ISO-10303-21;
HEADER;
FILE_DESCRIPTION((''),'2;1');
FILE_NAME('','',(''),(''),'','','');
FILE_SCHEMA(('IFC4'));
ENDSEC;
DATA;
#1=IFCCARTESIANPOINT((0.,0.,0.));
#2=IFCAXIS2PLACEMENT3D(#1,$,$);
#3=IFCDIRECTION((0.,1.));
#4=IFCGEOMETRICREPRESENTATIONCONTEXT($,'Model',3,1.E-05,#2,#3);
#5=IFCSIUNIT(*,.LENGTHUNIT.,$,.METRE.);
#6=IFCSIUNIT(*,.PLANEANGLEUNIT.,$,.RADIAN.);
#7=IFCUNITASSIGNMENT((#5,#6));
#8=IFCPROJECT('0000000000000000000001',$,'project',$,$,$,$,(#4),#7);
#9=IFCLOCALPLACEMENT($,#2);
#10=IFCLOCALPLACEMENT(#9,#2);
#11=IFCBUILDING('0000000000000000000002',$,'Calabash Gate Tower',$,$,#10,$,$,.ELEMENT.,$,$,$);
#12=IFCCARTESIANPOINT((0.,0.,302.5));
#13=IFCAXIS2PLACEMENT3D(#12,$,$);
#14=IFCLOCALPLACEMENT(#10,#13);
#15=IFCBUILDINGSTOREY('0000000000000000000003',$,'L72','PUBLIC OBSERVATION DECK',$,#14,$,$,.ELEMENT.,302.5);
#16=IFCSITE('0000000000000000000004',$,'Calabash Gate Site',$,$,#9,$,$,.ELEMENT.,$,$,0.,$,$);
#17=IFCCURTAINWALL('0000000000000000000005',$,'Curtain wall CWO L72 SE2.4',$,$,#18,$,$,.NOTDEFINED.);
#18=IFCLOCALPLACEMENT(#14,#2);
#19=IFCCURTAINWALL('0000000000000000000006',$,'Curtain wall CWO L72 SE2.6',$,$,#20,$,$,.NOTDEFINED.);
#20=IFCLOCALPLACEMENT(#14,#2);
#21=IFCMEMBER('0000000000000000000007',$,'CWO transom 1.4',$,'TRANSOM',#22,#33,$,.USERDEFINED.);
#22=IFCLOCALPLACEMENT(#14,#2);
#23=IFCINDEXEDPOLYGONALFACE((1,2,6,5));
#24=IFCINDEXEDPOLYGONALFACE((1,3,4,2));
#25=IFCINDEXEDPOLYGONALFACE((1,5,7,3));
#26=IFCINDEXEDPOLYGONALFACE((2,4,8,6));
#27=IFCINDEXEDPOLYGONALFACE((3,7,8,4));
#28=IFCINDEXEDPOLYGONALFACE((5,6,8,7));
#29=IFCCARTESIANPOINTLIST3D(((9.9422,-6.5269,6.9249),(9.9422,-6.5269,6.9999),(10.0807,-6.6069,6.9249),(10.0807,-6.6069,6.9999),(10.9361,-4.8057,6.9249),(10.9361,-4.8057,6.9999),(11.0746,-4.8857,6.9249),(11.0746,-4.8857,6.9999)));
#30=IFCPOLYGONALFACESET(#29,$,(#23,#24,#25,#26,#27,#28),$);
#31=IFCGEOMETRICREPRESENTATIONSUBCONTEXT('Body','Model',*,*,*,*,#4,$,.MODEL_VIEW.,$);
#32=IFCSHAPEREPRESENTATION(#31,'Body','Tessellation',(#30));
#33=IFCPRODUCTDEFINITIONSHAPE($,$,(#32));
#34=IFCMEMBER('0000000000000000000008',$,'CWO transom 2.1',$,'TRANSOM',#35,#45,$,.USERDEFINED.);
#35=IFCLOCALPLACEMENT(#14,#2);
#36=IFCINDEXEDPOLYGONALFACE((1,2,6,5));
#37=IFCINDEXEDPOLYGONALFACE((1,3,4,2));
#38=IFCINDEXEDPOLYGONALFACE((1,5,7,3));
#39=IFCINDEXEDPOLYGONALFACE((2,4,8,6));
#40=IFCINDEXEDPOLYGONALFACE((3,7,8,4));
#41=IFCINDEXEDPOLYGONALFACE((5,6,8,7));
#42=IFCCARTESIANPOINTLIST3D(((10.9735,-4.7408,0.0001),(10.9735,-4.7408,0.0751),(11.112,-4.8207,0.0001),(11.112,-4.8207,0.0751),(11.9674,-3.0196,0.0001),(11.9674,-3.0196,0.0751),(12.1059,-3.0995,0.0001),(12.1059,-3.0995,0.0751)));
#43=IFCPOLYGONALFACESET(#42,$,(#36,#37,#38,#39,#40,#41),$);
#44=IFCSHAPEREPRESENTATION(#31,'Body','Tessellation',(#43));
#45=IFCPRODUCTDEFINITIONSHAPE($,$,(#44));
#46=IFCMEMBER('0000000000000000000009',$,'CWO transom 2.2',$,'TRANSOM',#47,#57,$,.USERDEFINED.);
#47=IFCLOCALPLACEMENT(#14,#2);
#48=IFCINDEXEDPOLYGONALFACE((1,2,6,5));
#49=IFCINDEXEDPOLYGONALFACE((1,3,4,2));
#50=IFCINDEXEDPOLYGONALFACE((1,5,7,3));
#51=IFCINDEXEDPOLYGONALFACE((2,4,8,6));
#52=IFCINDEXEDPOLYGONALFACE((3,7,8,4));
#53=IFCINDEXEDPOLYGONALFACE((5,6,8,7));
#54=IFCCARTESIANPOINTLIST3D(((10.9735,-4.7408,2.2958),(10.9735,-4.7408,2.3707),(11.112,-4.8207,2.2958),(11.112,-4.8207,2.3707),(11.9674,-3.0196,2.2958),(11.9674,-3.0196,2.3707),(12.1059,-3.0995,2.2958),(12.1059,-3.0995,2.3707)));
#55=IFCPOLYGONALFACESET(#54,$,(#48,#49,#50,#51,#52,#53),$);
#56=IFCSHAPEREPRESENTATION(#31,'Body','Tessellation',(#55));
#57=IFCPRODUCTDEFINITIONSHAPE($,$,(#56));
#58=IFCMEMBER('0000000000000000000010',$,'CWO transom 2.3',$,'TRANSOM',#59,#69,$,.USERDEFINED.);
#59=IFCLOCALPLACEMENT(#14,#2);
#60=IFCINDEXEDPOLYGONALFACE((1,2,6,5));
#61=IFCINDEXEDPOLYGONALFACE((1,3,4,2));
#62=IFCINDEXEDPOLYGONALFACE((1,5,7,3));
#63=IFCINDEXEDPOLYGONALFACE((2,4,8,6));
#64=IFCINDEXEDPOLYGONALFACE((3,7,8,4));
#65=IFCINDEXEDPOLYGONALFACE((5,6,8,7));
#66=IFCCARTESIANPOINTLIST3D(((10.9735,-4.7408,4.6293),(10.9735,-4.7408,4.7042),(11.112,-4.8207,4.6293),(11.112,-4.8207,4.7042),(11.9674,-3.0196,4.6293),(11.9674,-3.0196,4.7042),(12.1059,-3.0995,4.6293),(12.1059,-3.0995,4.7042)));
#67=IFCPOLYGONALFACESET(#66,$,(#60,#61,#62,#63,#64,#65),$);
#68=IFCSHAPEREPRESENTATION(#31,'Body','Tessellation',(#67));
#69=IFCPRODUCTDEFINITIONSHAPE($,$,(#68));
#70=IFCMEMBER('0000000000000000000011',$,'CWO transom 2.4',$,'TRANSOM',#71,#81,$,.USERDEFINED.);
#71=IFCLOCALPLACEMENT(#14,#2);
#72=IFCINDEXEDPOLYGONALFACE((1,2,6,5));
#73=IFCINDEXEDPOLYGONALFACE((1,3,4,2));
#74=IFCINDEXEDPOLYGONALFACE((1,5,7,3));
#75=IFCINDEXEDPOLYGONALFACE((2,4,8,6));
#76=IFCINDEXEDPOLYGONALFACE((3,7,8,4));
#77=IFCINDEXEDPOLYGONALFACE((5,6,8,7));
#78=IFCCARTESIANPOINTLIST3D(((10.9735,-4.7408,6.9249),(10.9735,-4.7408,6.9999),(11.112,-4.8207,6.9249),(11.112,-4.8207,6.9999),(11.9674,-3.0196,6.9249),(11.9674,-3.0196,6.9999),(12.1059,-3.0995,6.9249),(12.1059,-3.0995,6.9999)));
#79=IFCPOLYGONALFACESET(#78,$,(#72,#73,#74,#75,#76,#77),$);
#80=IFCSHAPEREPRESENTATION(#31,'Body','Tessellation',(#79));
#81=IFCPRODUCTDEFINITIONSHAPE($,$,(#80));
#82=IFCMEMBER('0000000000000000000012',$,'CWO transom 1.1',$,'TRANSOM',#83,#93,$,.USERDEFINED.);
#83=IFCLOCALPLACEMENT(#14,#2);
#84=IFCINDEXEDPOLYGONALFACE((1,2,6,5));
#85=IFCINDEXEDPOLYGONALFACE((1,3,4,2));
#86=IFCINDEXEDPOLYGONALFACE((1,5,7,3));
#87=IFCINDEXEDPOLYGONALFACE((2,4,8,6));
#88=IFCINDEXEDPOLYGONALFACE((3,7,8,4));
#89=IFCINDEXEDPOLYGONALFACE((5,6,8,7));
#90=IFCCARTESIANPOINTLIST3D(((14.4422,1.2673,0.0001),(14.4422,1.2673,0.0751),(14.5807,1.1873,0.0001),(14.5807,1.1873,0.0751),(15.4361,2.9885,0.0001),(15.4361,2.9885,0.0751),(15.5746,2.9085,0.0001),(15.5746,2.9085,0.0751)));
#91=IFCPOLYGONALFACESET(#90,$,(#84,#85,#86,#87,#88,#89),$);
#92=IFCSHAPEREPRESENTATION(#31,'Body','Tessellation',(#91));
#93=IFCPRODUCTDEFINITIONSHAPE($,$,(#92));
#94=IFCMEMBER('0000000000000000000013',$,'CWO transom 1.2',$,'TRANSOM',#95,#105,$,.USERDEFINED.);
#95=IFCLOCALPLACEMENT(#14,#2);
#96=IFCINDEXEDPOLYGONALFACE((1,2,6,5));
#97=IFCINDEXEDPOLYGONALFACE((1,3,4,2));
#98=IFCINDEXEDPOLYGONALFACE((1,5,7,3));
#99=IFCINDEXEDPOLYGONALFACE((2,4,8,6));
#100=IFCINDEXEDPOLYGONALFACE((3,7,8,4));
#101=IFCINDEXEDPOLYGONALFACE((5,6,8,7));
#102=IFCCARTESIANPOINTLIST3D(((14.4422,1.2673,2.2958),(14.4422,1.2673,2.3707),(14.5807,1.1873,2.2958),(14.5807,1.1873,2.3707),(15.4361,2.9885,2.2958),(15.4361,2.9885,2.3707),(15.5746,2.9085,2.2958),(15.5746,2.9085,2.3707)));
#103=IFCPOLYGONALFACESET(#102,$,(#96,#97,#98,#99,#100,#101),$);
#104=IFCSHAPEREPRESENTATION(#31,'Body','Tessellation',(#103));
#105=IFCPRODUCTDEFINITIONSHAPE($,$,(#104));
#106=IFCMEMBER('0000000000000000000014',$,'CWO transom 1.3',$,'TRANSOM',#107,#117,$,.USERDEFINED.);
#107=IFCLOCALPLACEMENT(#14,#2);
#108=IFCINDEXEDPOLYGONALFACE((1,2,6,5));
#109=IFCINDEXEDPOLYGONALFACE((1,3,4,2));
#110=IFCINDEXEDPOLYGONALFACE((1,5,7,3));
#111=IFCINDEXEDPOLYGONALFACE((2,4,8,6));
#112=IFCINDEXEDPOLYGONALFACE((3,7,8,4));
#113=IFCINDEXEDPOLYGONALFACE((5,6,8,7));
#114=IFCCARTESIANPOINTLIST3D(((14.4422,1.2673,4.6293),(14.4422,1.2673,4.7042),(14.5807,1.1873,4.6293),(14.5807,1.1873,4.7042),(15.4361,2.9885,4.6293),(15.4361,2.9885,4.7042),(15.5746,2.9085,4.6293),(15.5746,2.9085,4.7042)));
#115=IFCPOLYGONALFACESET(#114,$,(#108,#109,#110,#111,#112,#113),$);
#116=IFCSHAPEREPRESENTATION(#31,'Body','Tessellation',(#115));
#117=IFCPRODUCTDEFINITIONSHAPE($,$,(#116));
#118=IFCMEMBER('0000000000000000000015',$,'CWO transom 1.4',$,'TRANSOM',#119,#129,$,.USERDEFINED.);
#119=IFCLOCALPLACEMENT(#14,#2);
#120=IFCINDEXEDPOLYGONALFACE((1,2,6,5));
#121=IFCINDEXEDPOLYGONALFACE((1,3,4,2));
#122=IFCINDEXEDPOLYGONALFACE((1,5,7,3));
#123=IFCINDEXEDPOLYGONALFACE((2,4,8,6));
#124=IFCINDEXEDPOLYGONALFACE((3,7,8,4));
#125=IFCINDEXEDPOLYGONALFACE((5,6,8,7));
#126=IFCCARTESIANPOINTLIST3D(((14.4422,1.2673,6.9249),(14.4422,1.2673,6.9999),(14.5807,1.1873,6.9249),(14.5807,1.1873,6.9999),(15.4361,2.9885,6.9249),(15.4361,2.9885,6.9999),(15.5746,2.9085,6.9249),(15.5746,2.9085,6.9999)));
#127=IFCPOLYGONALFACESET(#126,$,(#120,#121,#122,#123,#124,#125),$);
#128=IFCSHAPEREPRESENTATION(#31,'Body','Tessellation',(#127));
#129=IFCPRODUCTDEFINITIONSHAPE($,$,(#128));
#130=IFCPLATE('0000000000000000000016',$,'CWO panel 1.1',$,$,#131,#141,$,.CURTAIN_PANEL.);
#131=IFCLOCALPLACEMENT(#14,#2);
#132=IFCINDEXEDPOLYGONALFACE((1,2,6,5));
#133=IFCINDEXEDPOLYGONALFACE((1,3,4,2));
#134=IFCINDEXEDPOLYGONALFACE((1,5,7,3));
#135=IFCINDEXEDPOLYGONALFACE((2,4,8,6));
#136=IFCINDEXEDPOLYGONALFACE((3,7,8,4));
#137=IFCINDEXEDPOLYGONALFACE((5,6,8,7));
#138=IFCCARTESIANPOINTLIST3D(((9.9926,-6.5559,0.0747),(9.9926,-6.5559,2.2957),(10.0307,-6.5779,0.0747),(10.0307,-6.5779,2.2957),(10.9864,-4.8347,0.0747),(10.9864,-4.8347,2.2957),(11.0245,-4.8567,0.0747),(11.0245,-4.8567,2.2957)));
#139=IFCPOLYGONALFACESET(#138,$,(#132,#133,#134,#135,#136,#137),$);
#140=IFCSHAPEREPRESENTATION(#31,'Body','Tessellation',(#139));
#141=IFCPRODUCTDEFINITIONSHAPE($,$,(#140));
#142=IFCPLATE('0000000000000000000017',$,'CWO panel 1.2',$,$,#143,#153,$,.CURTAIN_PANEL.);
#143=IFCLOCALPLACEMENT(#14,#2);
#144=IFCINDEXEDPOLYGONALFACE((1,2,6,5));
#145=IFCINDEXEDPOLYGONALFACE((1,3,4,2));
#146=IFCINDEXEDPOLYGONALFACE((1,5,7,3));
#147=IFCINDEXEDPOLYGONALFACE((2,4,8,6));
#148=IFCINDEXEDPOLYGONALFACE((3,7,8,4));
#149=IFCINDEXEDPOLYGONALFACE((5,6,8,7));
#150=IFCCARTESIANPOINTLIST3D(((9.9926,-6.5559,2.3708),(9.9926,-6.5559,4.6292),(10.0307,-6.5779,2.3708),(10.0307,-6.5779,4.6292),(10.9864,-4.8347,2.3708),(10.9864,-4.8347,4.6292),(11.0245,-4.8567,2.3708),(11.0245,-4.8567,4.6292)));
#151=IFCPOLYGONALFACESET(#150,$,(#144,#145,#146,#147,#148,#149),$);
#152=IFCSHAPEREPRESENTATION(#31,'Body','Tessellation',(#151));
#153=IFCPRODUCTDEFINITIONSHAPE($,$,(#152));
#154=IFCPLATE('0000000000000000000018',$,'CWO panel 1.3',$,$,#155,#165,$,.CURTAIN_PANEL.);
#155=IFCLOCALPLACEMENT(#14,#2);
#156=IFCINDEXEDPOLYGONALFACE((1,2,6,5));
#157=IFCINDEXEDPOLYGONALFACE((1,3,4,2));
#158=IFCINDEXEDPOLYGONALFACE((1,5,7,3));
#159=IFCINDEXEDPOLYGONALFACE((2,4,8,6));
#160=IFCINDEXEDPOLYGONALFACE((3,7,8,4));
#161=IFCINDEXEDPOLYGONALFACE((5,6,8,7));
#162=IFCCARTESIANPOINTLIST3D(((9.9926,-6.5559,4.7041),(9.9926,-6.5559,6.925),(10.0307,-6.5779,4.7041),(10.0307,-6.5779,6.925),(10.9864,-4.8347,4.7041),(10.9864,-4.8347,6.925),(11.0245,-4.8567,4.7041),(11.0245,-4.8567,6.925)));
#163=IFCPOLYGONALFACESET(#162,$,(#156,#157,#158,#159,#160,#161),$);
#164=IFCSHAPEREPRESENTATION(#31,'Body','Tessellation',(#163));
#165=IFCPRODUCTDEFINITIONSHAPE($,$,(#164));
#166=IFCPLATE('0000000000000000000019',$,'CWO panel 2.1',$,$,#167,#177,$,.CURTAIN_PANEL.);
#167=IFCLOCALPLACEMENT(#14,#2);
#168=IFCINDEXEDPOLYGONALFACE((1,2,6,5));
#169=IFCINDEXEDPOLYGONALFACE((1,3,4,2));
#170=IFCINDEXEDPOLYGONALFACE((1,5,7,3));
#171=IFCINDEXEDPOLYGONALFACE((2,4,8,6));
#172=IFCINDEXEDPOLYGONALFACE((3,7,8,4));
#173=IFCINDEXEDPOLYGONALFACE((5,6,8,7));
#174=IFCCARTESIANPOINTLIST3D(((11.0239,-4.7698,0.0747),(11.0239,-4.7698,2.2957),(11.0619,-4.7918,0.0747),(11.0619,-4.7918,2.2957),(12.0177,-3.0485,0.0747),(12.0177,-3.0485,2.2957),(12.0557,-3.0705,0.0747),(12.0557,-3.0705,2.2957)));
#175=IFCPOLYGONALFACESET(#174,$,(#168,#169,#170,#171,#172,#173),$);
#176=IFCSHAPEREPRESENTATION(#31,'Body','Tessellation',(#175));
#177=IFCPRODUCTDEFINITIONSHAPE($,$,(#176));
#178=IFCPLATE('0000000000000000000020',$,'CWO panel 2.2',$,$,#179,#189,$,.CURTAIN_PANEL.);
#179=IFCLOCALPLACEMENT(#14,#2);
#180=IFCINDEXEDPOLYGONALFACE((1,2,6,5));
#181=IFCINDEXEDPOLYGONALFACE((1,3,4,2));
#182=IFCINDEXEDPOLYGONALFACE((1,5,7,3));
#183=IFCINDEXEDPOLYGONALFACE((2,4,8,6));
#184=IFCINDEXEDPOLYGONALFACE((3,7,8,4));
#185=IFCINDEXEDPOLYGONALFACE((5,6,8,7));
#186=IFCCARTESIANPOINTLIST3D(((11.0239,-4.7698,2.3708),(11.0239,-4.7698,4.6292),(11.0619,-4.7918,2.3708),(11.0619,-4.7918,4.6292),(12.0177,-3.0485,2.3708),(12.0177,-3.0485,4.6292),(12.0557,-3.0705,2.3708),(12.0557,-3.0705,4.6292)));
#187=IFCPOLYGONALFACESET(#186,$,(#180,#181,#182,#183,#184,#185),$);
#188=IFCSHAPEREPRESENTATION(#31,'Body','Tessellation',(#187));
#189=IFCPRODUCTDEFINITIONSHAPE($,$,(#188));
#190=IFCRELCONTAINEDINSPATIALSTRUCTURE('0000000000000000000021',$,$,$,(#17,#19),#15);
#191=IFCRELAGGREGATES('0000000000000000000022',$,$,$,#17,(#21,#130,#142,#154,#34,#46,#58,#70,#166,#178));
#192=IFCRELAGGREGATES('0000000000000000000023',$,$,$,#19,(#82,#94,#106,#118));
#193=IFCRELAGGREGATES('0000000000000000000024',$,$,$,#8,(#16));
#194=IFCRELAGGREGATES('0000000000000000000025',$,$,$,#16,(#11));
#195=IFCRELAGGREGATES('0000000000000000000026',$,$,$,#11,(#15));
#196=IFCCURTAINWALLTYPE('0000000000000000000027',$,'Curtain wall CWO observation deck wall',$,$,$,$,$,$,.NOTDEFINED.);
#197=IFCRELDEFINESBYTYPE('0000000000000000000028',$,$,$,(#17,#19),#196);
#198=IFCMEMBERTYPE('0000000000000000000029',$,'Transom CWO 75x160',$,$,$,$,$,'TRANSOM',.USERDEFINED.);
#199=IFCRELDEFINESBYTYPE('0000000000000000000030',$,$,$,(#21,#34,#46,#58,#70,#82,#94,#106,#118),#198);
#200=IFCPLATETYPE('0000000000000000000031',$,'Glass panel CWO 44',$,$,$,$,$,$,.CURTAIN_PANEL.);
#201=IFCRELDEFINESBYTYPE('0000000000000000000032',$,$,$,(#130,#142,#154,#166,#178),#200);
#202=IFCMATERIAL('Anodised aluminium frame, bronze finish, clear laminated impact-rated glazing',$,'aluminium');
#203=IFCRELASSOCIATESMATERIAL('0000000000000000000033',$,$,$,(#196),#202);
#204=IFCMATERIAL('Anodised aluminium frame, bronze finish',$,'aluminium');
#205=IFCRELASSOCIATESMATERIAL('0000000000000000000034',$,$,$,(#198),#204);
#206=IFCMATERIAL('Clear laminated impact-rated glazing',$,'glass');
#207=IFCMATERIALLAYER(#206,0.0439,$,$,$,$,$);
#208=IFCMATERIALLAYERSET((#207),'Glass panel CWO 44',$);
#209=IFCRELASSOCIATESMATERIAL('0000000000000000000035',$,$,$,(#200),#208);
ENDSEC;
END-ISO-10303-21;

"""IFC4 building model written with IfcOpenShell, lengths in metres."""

from ifc_helpers import new_model, si_unit, direction, frame, origin, origin_2d, place, context, subcontext, project, spatial, rectangle, extrude, material, layer, layer_set, material_profile, profile_set, type_object, element, aggregate, save


model = new_model("IFC4")

# Units and contexts
model_context = context("Model", 3, precision=1e-05, world=origin(), true_north=direction((0.0, 1.0)))
body_context = subcontext(model_context, "Body", "Model", "MODEL_VIEW")
ifc_project = project(units=[si_unit("LENGTHUNIT", "METRE"), si_unit("PLANEANGLEUNIT", "RADIAN")], contexts=[model_context])

# Site, building, storey
site_placement = place(None, origin())
site = spatial("IfcSite", under=ifc_project, at=site_placement, Name="Calabash Gate Site", CompositionType="ELEMENT", RefElevation=0.0)
building_placement = place(site_placement, origin())
building = spatial("IfcBuilding", under=site, at=building_placement, Name="Calabash Gate Tower", CompositionType="ELEMENT")
storey_placement = place(building_placement, frame((0.0, 0.0, 302.5)))
storey = spatial("IfcBuildingStorey", under=building, at=storey_placement, Name="L72", Description="PUBLIC OBSERVATION DECK", CompositionType="ELEMENT", Elevation=302.5)

# Shared definitions
ifc_material_1 = material(Name="Anodised aluminium frame, bronze finish, clear laminated impact-rated glazing", Category="aluminium")
curtain_wall_type = type_object("IfcCurtainWallType", Name="Curtain wall CWO observation deck wall", PredefinedType="NOTDEFINED", material=ifc_material_1)

# Curtain wall
curtain_wall_1_placement = place(storey_placement, origin())
curtain_wall_1 = element("IfcCurtainWall", 1, at=curtain_wall_1_placement, inside=storey, type_object=curtain_wall_type, Name="Curtain wall CWO L72 SE2.4", PredefinedType="NOTDEFINED")

# Curtain wall
curtain_wall_2_placement = place(storey_placement, origin())
curtain_wall_2 = element("IfcCurtainWall", 2, at=curtain_wall_2_placement, inside=storey, type_object=curtain_wall_type, Name="Curtain wall CWO L72 SE2.6", PredefinedType="NOTDEFINED")

# Members
ifc_material_2 = material(Name="Anodised aluminium frame, bronze finish", Category="aluminium")
ifc_material_profile_1 = material_profile(ifc_material_2, rectangle(XDim=0.1599, YDim=0.075, at=origin_2d()))
ifc_profile_set_1 = profile_set([ifc_material_profile_1], Name="Anodised aluminium frame, bronze finish")
member_type_1 = type_object("IfcMemberType", Name="Transom CWO 75x160", ElementType="TRANSOM", PredefinedType="USERDEFINED", material=ifc_profile_set_1)
member_1_placement = place(storey_placement, frame((10.0115, -6.5669, 6.9624), z_axis=(0.500063, 0.865989, 0.0), x_axis=(-0.865989, 0.500063, 0.0)))
member_1 = element("IfcMember", 3, at=member_1_placement, type_object=member_type_1, Name="CWO transom 1.4", ObjectType="TRANSOM", PredefinedType="USERDEFINED", context=body_context, shape_type="SweptSolid", body=[
    extrude(rectangle(XDim=0.1599, YDim=0.075, at=origin_2d()), origin(), (0.0, 0.0, 1.0), 1.9875),
])
member_2_placement = place(storey_placement, frame((11.0427, -4.7808, 0.0376), z_axis=(0.500063, 0.865989, 0.0), x_axis=(-0.865989, 0.500063, 0.0)))
member_2 = element("IfcMember", 4, at=member_2_placement, type_object=member_type_1, Name="CWO transom 2.1", ObjectType="TRANSOM", PredefinedType="USERDEFINED", context=body_context, shape_type="SweptSolid", body=[
    extrude(rectangle(XDim=0.1599, YDim=0.075, at=origin_2d()), origin(), (0.0, 0.0, 1.0), 1.9875),
])
member_3_placement = place(storey_placement, frame((11.0427, -4.7808, 2.3333), z_axis=(0.500063, 0.865989, 0.0), x_axis=(-0.865989, 0.500063, 0.0)))
member_3 = element("IfcMember", 5, at=member_3_placement, type_object=member_type_1, Name="CWO transom 2.2", ObjectType="TRANSOM", PredefinedType="USERDEFINED", context=body_context, shape_type="SweptSolid", body=[
    extrude(rectangle(XDim=0.1599, YDim=0.075, at=origin_2d()), origin(), (0.0, 0.0, 1.0), 1.9875),
])
member_4_placement = place(storey_placement, frame((11.0427, -4.7808, 4.6667), z_axis=(0.500063, 0.865989, 0.0), x_axis=(-0.865989, 0.500063, 0.0)))
member_4 = element("IfcMember", 6, at=member_4_placement, type_object=member_type_1, Name="CWO transom 2.3", ObjectType="TRANSOM", PredefinedType="USERDEFINED", context=body_context, shape_type="SweptSolid", body=[
    extrude(rectangle(XDim=0.1599, YDim=0.075, at=origin_2d()), origin(), (0.0, 0.0, 1.0), 1.9875),
])
member_5_placement = place(storey_placement, frame((11.0427, -4.7808, 6.9624), z_axis=(0.500063, 0.865989, 0.0), x_axis=(-0.865989, 0.500063, 0.0)))
member_5 = element("IfcMember", 7, at=member_5_placement, type_object=member_type_1, Name="CWO transom 2.4", ObjectType="TRANSOM", PredefinedType="USERDEFINED", context=body_context, shape_type="SweptSolid", body=[
    extrude(rectangle(XDim=0.1599, YDim=0.075, at=origin_2d()), origin(), (0.0, 0.0, 1.0), 1.9875),
])
member_6_placement = place(storey_placement, frame((14.5115, 1.2273, 0.0376), z_axis=(0.500063, 0.865989, 0.0), x_axis=(-0.865989, 0.500063, 0.0)))
member_6 = element("IfcMember", 8, at=member_6_placement, type_object=member_type_1, Name="CWO transom 1.1", ObjectType="TRANSOM", PredefinedType="USERDEFINED", context=body_context, shape_type="SweptSolid", body=[
    extrude(rectangle(XDim=0.1599, YDim=0.075, at=origin_2d()), origin(), (0.0, 0.0, 1.0), 1.9875),
])
member_7_placement = place(storey_placement, frame((14.5115, 1.2273, 2.3333), z_axis=(0.500063, 0.865989, 0.0), x_axis=(-0.865989, 0.500063, 0.0)))
member_7 = element("IfcMember", 9, at=member_7_placement, type_object=member_type_1, Name="CWO transom 1.2", ObjectType="TRANSOM", PredefinedType="USERDEFINED", context=body_context, shape_type="SweptSolid", body=[
    extrude(rectangle(XDim=0.1599, YDim=0.075, at=origin_2d()), origin(), (0.0, 0.0, 1.0), 1.9875),
])
member_8_placement = place(storey_placement, frame((14.5115, 1.2273, 4.6667), z_axis=(0.500063, 0.865989, 0.0), x_axis=(-0.865989, 0.500063, 0.0)))
member_8 = element("IfcMember", 10, at=member_8_placement, type_object=member_type_1, Name="CWO transom 1.3", ObjectType="TRANSOM", PredefinedType="USERDEFINED", context=body_context, shape_type="SweptSolid", body=[
    extrude(rectangle(XDim=0.1599, YDim=0.075, at=origin_2d()), origin(), (0.0, 0.0, 1.0), 1.9875),
])
member_9_placement = place(storey_placement, frame((14.5115, 1.2273, 6.9624), z_axis=(0.500063, 0.865989, 0.0), x_axis=(-0.865989, 0.500063, 0.0)))
member_9 = element("IfcMember", 11, at=member_9_placement, type_object=member_type_1, Name="CWO transom 1.4", ObjectType="TRANSOM", PredefinedType="USERDEFINED", context=body_context, shape_type="SweptSolid", body=[
    extrude(rectangle(XDim=0.1599, YDim=0.075, at=origin_2d()), origin(), (0.0, 0.0, 1.0), 1.9875),
])

# Plates
ifc_material_3 = material(Name="Clear laminated impact-rated glazing", Category="glass")
ifc_layer_1 = layer(ifc_material_3, 0.0439)
ifc_layer_set_1 = layer_set([ifc_layer_1], Name="Glass panel CWO 44")
plate_type = type_object("IfcPlateType", Name="Glass panel CWO 44", PredefinedType="CURTAIN_PANEL", material=ifc_layer_set_1)
plate_1_placement = place(storey_placement, frame((10.5085, -5.7063, 0.0747), z_axis=(0.0, 0.0, 1.0), x_axis=(0.5, 0.866025, 0.0)))
plate_1 = element("IfcPlate", 12, at=plate_1_placement, type_object=plate_type, Name="CWO panel 1.1", PredefinedType="CURTAIN_PANEL", context=body_context, shape_type="SweptSolid", body=[
    extrude(rectangle(XDim=1.9875, YDim=0.0439, at=origin_2d()), origin(), (0.0, 0.0, 1.0), 2.2209),
])
plate_2_placement = place(storey_placement, frame((10.5085, -5.7063, 2.3708), z_axis=(0.0, 0.0, 1.0), x_axis=(0.5, 0.866025, 0.0)))
plate_2 = element("IfcPlate", 13, at=plate_2_placement, type_object=plate_type, Name="CWO panel 1.2", PredefinedType="CURTAIN_PANEL", context=body_context, shape_type="SweptSolid", body=[
    extrude(rectangle(XDim=1.9875, YDim=0.0439, at=origin_2d()), origin(), (0.0, 0.0, 1.0), 2.2583),
])
plate_3_placement = place(storey_placement, frame((10.5085, -5.7063, 4.7041), z_axis=(0.0, 0.0, 1.0), x_axis=(0.5, 0.866025, 0.0)))
plate_3 = element("IfcPlate", 14, at=plate_3_placement, type_object=plate_type, Name="CWO panel 1.3", PredefinedType="CURTAIN_PANEL", context=body_context, shape_type="SweptSolid", body=[
    extrude(rectangle(XDim=1.9875, YDim=0.0439, at=origin_2d()), origin(), (0.0, 0.0, 1.0), 2.2209),
])
plate_4_placement = place(storey_placement, frame((11.5398, -3.9202, 0.0747), z_axis=(0.0, 0.0, 1.0), x_axis=(0.5, 0.866025, 0.0)))
plate_4 = element("IfcPlate", 15, at=plate_4_placement, type_object=plate_type, Name="CWO panel 2.1", PredefinedType="CURTAIN_PANEL", context=body_context, shape_type="SweptSolid", body=[
    extrude(rectangle(XDim=1.9875, YDim=0.0439, at=origin_2d()), origin(), (0.0, 0.0, 1.0), 2.2209),
])
plate_5_placement = place(storey_placement, frame((11.5398, -3.9202, 2.3708), z_axis=(0.0, 0.0, 1.0), x_axis=(0.5, 0.866025, 0.0)))
plate_5 = element("IfcPlate", 16, at=plate_5_placement, type_object=plate_type, Name="CWO panel 2.2", PredefinedType="CURTAIN_PANEL", context=body_context, shape_type="SweptSolid", body=[
    extrude(rectangle(XDim=1.9875, YDim=0.0439, at=origin_2d()), origin(), (0.0, 0.0, 1.0), 2.2583),
])
aggregate(curtain_wall_1, [member_1, plate_1, plate_2, plate_3, member_2, member_3, member_4, member_5, plate_4, plate_5])
aggregate(curtain_wall_2, [member_6, member_7, member_8, member_9])

save(model, "model.ifc")
